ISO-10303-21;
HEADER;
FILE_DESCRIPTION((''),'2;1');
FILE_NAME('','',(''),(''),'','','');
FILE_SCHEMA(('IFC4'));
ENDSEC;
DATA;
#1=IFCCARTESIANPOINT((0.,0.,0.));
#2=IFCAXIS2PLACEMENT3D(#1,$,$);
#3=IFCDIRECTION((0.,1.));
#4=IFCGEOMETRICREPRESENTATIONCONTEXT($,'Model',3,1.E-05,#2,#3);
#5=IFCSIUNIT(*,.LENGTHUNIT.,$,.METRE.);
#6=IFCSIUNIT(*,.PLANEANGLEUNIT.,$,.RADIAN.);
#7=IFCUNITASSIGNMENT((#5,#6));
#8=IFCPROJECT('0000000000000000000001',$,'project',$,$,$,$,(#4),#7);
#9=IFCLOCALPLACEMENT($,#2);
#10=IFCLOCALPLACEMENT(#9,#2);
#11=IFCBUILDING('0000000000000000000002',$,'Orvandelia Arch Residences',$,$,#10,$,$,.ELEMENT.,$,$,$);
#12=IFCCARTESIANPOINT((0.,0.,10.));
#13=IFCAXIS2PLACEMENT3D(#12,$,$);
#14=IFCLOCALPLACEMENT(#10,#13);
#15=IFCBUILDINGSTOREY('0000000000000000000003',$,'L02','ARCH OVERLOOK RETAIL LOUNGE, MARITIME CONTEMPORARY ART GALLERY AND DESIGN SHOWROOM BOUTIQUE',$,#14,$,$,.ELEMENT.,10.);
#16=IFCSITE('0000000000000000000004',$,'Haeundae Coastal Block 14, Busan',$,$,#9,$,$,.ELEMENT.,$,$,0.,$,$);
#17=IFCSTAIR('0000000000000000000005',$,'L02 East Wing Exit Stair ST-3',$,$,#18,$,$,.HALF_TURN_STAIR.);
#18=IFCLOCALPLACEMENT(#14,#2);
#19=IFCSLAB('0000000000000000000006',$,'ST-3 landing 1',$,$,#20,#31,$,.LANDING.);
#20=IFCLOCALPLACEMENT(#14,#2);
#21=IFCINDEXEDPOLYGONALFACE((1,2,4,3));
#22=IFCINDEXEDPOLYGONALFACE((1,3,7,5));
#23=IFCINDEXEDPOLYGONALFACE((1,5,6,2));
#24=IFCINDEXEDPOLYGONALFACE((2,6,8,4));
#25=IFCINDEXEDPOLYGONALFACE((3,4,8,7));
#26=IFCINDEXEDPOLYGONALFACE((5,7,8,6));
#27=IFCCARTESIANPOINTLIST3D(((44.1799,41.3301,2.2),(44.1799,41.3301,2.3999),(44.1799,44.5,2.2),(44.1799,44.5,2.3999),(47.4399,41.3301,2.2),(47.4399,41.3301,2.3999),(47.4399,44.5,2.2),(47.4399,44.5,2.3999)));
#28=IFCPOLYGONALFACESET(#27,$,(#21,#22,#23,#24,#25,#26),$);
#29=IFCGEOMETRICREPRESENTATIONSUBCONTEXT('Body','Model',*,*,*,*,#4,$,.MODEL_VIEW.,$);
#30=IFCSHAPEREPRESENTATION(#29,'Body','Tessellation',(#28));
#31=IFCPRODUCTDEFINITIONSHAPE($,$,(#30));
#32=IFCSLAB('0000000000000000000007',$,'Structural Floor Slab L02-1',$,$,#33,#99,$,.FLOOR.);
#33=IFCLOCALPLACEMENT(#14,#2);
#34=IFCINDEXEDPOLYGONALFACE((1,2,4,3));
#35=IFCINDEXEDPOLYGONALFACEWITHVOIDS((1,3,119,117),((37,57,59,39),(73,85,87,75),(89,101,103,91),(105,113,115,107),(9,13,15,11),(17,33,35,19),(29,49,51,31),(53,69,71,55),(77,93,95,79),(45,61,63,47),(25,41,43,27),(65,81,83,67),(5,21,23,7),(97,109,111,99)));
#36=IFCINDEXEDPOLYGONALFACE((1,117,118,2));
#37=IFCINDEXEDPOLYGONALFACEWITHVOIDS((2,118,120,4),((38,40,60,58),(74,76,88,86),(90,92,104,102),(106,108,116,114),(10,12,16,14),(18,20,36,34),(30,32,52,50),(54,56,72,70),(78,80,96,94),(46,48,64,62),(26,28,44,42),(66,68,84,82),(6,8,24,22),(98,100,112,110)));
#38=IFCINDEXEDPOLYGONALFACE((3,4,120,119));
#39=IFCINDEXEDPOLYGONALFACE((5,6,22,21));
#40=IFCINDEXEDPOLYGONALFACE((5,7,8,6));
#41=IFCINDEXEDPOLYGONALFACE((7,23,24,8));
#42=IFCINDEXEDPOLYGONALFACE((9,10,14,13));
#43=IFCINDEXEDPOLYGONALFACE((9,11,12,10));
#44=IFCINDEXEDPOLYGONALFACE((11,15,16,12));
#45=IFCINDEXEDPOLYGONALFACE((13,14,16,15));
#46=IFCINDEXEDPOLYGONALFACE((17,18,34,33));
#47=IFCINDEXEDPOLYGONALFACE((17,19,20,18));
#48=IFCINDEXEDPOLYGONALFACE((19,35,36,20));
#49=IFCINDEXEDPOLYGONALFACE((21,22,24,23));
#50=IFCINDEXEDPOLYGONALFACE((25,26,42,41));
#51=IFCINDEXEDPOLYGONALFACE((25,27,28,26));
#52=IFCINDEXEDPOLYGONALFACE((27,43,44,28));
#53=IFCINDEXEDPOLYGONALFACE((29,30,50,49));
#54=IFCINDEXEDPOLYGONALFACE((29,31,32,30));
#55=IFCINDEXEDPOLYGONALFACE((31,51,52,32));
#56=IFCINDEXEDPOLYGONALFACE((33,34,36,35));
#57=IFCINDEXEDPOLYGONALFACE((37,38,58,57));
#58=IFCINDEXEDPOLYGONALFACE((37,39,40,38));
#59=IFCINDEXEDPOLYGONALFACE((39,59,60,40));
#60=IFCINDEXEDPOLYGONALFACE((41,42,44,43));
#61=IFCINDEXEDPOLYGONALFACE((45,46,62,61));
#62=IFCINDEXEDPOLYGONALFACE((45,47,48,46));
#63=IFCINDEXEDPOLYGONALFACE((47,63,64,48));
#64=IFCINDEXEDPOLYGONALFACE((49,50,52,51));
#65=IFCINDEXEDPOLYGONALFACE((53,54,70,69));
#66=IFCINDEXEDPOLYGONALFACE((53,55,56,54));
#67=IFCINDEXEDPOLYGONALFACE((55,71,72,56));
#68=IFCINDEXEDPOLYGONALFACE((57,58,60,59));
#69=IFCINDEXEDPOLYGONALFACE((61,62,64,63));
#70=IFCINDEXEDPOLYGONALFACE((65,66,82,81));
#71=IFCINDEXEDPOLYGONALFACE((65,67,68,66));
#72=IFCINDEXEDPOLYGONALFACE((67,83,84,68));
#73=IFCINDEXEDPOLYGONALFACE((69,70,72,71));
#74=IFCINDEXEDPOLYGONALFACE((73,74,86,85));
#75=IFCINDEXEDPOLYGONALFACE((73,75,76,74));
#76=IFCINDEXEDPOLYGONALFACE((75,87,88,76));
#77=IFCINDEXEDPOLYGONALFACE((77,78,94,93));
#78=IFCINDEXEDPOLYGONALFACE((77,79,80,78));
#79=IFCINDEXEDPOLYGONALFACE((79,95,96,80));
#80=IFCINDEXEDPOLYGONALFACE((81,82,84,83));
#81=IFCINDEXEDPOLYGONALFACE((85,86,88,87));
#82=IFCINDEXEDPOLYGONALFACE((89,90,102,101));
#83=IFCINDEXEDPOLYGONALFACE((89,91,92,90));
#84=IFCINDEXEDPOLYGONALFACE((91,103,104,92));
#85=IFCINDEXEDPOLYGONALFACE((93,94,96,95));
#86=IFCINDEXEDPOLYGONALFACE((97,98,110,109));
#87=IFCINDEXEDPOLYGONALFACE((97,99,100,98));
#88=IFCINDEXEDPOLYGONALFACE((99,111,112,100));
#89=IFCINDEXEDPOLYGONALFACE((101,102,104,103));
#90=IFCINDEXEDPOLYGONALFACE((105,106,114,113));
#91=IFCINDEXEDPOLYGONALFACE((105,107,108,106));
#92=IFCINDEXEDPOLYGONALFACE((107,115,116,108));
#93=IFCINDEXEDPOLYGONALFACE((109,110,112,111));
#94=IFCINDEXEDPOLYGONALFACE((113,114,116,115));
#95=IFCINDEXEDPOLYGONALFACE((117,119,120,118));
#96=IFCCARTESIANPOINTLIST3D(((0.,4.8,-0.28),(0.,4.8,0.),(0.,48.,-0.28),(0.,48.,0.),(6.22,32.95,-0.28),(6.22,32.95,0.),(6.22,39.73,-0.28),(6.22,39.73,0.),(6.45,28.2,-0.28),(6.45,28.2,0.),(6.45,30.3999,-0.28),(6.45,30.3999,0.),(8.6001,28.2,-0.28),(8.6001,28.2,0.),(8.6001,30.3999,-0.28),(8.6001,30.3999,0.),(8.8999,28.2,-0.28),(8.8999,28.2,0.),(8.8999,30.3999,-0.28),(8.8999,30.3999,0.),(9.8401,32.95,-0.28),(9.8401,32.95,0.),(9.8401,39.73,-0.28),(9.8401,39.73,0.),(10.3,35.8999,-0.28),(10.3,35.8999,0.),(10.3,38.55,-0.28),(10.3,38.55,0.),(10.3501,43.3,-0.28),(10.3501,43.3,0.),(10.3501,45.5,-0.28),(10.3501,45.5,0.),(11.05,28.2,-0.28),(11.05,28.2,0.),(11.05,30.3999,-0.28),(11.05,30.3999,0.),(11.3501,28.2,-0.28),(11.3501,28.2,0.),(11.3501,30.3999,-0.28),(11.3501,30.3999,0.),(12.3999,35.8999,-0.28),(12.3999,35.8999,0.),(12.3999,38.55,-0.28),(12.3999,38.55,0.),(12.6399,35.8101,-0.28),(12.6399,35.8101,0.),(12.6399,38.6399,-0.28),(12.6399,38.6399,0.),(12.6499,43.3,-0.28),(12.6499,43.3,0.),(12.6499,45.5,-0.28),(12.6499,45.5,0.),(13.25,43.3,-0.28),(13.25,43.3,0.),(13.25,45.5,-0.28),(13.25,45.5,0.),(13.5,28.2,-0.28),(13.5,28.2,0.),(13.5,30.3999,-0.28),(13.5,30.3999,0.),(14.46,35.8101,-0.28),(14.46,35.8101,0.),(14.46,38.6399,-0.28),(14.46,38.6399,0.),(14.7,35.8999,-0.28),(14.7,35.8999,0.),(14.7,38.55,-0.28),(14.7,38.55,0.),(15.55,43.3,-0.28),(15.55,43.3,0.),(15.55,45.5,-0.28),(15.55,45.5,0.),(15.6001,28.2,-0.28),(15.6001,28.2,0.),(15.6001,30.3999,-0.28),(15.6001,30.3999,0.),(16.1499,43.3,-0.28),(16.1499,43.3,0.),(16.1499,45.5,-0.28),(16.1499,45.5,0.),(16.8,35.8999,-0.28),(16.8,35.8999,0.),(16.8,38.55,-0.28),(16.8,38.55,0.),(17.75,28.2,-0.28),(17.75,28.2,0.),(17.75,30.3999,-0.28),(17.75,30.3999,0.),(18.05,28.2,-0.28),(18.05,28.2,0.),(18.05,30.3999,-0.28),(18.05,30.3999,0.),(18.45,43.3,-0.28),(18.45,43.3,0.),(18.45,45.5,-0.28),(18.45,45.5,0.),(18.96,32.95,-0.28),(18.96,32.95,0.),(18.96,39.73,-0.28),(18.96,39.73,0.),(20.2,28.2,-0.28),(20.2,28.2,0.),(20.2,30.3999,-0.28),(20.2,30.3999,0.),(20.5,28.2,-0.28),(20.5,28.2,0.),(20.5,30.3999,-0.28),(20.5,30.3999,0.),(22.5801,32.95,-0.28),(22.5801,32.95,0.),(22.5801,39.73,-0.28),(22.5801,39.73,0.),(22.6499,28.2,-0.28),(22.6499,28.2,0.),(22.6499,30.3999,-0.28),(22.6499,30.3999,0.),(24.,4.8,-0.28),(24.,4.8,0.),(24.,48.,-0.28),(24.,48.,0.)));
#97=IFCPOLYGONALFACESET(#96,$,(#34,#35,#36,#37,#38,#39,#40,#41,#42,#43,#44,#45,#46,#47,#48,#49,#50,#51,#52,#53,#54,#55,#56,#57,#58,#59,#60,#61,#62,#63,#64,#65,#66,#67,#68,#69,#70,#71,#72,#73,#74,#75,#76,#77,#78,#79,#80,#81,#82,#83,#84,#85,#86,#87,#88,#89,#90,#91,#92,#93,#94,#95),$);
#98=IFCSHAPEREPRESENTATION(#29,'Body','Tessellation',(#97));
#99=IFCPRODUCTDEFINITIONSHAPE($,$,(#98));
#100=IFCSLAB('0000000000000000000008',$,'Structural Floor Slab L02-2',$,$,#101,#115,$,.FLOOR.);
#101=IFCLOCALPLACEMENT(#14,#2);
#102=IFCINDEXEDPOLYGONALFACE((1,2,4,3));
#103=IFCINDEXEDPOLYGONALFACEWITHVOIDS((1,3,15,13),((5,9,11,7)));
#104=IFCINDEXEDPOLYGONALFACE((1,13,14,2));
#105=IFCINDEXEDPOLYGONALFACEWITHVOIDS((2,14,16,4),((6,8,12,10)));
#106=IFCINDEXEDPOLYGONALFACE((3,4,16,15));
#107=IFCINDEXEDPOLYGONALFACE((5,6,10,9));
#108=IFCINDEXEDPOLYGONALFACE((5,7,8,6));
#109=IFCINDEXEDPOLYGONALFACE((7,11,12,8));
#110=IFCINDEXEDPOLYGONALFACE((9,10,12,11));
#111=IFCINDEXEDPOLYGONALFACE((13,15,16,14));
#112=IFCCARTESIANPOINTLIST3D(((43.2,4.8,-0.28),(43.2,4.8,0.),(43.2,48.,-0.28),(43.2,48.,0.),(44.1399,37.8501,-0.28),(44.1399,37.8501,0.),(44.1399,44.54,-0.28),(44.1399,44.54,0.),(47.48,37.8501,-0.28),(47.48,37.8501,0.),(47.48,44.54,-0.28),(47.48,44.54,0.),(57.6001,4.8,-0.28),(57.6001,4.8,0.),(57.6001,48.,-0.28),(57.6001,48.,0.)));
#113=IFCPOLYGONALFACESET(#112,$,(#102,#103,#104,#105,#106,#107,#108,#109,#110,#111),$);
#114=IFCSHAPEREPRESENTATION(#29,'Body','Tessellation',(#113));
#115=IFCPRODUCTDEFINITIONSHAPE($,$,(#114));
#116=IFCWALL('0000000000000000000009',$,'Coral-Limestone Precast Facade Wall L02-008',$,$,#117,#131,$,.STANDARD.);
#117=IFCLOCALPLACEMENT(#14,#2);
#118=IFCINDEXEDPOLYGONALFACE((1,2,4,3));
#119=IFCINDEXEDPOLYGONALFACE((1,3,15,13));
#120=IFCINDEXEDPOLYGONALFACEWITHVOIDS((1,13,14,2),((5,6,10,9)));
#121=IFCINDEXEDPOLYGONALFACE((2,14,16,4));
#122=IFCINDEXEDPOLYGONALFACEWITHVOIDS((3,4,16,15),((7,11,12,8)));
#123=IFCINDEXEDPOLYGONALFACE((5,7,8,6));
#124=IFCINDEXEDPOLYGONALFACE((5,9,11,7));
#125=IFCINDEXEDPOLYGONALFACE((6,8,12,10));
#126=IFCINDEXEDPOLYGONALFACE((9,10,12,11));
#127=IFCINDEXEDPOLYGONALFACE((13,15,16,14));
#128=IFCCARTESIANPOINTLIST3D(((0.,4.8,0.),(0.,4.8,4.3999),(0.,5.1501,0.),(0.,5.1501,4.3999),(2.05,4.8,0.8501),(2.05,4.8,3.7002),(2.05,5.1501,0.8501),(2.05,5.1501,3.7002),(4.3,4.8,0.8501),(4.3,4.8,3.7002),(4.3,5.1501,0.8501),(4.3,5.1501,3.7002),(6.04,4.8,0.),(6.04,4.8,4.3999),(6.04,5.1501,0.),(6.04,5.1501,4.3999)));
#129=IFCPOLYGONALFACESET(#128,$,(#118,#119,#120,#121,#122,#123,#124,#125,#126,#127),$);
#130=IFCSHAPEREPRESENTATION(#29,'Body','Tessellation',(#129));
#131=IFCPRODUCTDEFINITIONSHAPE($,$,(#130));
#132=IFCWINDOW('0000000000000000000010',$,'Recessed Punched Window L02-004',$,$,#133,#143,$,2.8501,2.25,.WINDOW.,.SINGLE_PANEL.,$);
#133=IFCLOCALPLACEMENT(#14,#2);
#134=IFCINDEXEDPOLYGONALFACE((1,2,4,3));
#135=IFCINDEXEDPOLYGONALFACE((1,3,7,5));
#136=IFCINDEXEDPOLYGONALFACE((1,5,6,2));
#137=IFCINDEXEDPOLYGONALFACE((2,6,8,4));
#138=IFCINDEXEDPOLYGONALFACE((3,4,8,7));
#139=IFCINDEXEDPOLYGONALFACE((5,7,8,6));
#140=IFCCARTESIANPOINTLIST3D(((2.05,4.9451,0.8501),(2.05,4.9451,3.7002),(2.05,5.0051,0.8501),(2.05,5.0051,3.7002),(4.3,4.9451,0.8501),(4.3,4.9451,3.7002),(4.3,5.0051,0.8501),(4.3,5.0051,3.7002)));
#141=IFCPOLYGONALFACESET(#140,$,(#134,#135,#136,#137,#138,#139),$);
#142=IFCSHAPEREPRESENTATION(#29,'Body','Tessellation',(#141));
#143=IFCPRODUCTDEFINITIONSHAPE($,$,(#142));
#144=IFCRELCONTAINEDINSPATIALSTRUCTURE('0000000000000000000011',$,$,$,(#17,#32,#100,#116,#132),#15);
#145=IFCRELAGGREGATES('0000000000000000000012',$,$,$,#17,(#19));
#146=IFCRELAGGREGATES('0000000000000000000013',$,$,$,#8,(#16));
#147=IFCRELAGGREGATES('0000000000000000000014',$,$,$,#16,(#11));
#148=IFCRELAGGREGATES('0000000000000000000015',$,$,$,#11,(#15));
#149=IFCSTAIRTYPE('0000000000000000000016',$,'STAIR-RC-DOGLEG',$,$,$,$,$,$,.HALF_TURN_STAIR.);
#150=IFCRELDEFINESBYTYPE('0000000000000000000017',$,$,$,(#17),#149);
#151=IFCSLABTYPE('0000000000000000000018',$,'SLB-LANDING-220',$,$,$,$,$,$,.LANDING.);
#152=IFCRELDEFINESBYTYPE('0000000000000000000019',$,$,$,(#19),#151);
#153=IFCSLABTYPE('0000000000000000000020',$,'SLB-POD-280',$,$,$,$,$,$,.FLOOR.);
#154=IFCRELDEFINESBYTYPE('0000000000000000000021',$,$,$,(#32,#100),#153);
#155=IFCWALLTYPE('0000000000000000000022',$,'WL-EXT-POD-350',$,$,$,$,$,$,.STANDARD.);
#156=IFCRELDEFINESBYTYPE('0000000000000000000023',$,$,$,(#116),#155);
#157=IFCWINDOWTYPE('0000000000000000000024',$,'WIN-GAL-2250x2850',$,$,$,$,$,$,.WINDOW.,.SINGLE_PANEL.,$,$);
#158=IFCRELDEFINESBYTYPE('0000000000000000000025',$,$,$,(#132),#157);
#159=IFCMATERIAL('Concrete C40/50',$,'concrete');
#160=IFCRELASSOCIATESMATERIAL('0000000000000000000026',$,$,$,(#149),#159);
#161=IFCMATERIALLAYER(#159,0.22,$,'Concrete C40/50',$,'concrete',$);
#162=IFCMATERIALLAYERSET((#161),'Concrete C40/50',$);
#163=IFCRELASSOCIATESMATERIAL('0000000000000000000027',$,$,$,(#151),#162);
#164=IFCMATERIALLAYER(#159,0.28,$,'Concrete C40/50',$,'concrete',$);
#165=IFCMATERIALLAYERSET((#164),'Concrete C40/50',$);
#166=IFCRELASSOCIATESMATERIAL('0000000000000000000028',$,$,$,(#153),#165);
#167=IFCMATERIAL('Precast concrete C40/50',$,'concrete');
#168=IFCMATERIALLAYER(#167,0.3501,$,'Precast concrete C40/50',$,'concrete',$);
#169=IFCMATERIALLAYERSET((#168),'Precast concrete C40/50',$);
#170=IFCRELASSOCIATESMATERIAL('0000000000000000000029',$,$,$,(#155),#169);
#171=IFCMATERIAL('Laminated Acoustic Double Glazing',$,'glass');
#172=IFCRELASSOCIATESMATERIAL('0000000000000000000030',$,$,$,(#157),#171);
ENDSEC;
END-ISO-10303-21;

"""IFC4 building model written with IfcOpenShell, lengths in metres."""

from ifc_helpers import new_model, si_unit, direction, frame, frame_2d, origin, place, context, subcontext, project, spatial, polyline, rectangle, outline, extrude, material, layer, layer_set, type_object, element, fill, aggregate, save


model = new_model("IFC4")

# Units and contexts
model_context = context("Model", 3, precision=1e-05, world=origin(), true_north=direction((0.0, 1.0)))
body_context = subcontext(model_context, "Body", "Model", "MODEL_VIEW")
ifc_project = project(units=[si_unit("LENGTHUNIT", "METRE"), si_unit("PLANEANGLEUNIT", "RADIAN")], contexts=[model_context])

# Site, building, storey
site_placement = place(None, origin())
site = spatial("IfcSite", under=ifc_project, at=site_placement, Name="Haeundae Coastal Block 14, Busan", CompositionType="ELEMENT", RefElevation=0.0)
building_placement = place(site_placement, origin())
building = spatial("IfcBuilding", under=site, at=building_placement, Name="Orvandelia Arch Residences", CompositionType="ELEMENT")
storey_placement = place(building_placement, frame((0.0, 0.0, 10.0)))
storey = spatial("IfcBuildingStorey", under=building, at=storey_placement, Name="L02", Description="ARCH OVERLOOK RETAIL LOUNGE, MARITIME CONTEMPORARY ART GALLERY AND DESIGN SHOWROOM BOUTIQUE", CompositionType="ELEMENT", Elevation=10.0)

# Stair, slab
ifc_material_1 = material(Name="Concrete C40/50", Category="concrete")
stair_type = type_object("IfcStairType", Name="STAIR-RC-DOGLEG", PredefinedType="HALF_TURN_STAIR", material=ifc_material_1)
ifc_layer_1 = layer(ifc_material_1, 0.22, Name="Concrete C40/50", Category="concrete")
ifc_layer_set_1 = layer_set([ifc_layer_1], Name="Concrete C40/50")
slab_type_1 = type_object("IfcSlabType", Name="SLB-LANDING-220", PredefinedType="LANDING", material=ifc_layer_set_1)
stair_1_placement = place(storey_placement, origin())
stair_1 = element("IfcStair", 1, at=stair_1_placement, inside=storey, type_object=stair_type, Name="L02 East Wing Exit Stair ST-3", PredefinedType="HALF_TURN_STAIR")
slab_1_placement = place(storey_placement, frame((0.0, 0.0, 2.2)))
slab_1 = element("IfcSlab", 2, at=slab_1_placement, type_object=slab_type_1, Name="ST-3 landing 1", PredefinedType="LANDING", context=body_context, shape_type="SweptSolid", body=[
    extrude(outline(polyline([(47.4399, 41.3301), (47.4399, 44.5), (44.1799, 44.5), (44.1799, 41.3301), (47.4399, 41.3301)])), origin(), (0.0, 0.0, 1.0), 0.2),
])
aggregate(stair_1, [slab_1])

# Slabs
ifc_layer_2 = layer(ifc_material_1, 0.28, Name="Concrete C40/50", Category="concrete")
ifc_layer_set_2 = layer_set([ifc_layer_2], Name="Concrete C40/50")
slab_type_2 = type_object("IfcSlabType", Name="SLB-POD-280", PredefinedType="FLOOR", material=ifc_layer_set_2)
slab_2_placement = place(storey_placement, frame((0.0, 0.0, -0.28)))
element("IfcSlab", 3, at=slab_2_placement, inside=storey, type_object=slab_type_2, Name="Structural Floor Slab L02-1", PredefinedType="FLOOR", context=body_context, shape_type="SweptSolid", body=[
    extrude(outline(polyline([(0.0, 4.8), (24.0, 4.8), (24.0, 48.0), (0.0, 48.0), (0.0, 4.8)]), holes=[polyline([(6.22, 32.95), (9.8401, 32.95), (9.8401, 39.73), (6.22, 39.73), (6.22, 32.95)]), polyline([(18.96, 32.95), (22.5801, 32.95), (22.5801, 39.73), (18.96, 39.73), (18.96, 32.95)]), polyline([(12.6399, 35.8101), (14.46, 35.8101), (14.46, 38.6399), (12.6399, 38.6399), (12.6399, 35.8101)]), polyline([(10.3, 35.8999), (12.3999, 35.8999), (12.3999, 38.55), (10.3, 38.55), (10.3, 35.8999)]), polyline([(14.7, 35.8999), (16.8, 35.8999), (16.8, 38.55), (14.7, 38.55), (14.7, 35.8999)]), polyline([(10.3501, 43.3), (12.6499, 43.3), (12.6499, 45.5), (10.3501, 45.5), (10.3501, 43.3)]), polyline([(13.25, 43.3), (15.55, 43.3), (15.55, 45.5), (13.25, 45.5), (13.25, 43.3)]), polyline([(16.1499, 43.3), (18.45, 43.3), (18.45, 45.5), (16.1499, 45.5), (16.1499, 43.3)]), polyline([(6.45, 28.2), (8.6001, 28.2), (8.6001, 30.3999), (6.45, 30.3999), (6.45, 28.2)]), polyline([(8.8999, 28.2), (11.05, 28.2), (11.05, 30.3999), (8.8999, 30.3999), (8.8999, 28.2)]), polyline([(11.3501, 28.2), (13.5, 28.2), (13.5, 30.3999), (11.3501, 30.3999), (11.3501, 28.2)]), polyline([(15.6001, 28.2), (17.75, 28.2), (17.75, 30.3999), (15.6001, 30.3999), (15.6001, 28.2)]), polyline([(18.05, 28.2), (20.2, 28.2), (20.2, 30.3999), (18.05, 30.3999), (18.05, 28.2)]), polyline([(20.5, 28.2), (22.6499, 28.2), (22.6499, 30.3999), (20.5, 30.3999), (20.5, 28.2)])]), origin(), (0.0, 0.0, 1.0), 0.28),
])
slab_3_placement = place(storey_placement, frame((0.0, 0.0, -0.28)))
element("IfcSlab", 4, at=slab_3_placement, inside=storey, type_object=slab_type_2, Name="Structural Floor Slab L02-2", PredefinedType="FLOOR", context=body_context, shape_type="SweptSolid", body=[
    extrude(outline(polyline([(43.2, 4.8), (57.6001, 4.8), (57.6001, 48.0), (43.2, 48.0), (43.2, 4.8)]), holes=[polyline([(44.1399, 37.8501), (47.48, 37.8501), (47.48, 44.54), (44.1399, 44.54), (44.1399, 37.8501)])]), origin(), (0.0, 0.0, 1.0), 0.28),
])

# Wall, opening, window
ifc_material_2 = material(Name="Precast concrete C40/50", Category="concrete")
ifc_layer_3 = layer(ifc_material_2, 0.3501, Name="Precast concrete C40/50", Category="concrete")
ifc_layer_set_3 = layer_set([ifc_layer_3], Name="Precast concrete C40/50")
wall_type = type_object("IfcWallType", Name="WL-EXT-POD-350", PredefinedType="STANDARD", material=ifc_layer_set_3)
wall_1_placement = place(storey_placement, frame((6.04, 4.9751, 0.0), z_axis=(0.0, 0.0, 1.0), x_axis=(-1.0, 0.0, 0.0)))
wall_1 = element("IfcWall", 5, at=wall_1_placement, inside=storey, type_object=wall_type, Name="Coral-Limestone Precast Facade Wall L02-008", PredefinedType="STANDARD", context=body_context, shape_type="SweptSolid", body=[
    extrude(rectangle(XDim=6.04, YDim=0.3501, at=frame_2d((3.02, 0.0))), origin(), (0.0, 0.0, 1.0), 4.3999),
])
opening_1_placement = place(wall_1_placement, frame((1.74, 0.0, 0.8501)))
opening_1 = element("IfcOpeningElement", 6, at=opening_1_placement, cuts=wall_1, PredefinedType="OPENING", context=body_context, shape_type="SweptSolid", body=[
    extrude(rectangle(XDim=2.25, YDim=2.8501, at=frame_2d((1.125, 1.425))), frame((0.0, 0.1851, 0.0), z_axis=(0.0, -1.0, 0.0), x_axis=(1.0, 0.0, 0.0)), (0.0, 0.0, 1.0), 0.3701),
])
ifc_material_3 = material(Name="Laminated Acoustic Double Glazing", Category="glass")
window_type_1 = type_object("IfcWindowType", Name="WIN-GAL-2250x2850", PartitioningType="SINGLE_PANEL", PredefinedType="WINDOW", material=ifc_material_3)
window_1_placement = place(opening_1_placement, origin())
window_1 = element("IfcWindow", 7, at=window_1_placement, inside=storey, type_object=window_type_1, Name="Recessed Punched Window L02-004", OverallHeight=2.8501, OverallWidth=2.25, PartitioningType="SINGLE_PANEL", PredefinedType="WINDOW", context=body_context, shape_type="SweptSolid", body=[
    extrude(rectangle(XDim=2.25, YDim=2.8501, at=frame_2d((1.125, 1.425))), frame((0.0, 0.03, 0.0), z_axis=(0.0, -1.0, 0.0), x_axis=(1.0, 0.0, 0.0)), (0.0, 0.0, 1.0), 0.0601),
])
fill(opening_1, window_1)

save(model, "model.ifc")
